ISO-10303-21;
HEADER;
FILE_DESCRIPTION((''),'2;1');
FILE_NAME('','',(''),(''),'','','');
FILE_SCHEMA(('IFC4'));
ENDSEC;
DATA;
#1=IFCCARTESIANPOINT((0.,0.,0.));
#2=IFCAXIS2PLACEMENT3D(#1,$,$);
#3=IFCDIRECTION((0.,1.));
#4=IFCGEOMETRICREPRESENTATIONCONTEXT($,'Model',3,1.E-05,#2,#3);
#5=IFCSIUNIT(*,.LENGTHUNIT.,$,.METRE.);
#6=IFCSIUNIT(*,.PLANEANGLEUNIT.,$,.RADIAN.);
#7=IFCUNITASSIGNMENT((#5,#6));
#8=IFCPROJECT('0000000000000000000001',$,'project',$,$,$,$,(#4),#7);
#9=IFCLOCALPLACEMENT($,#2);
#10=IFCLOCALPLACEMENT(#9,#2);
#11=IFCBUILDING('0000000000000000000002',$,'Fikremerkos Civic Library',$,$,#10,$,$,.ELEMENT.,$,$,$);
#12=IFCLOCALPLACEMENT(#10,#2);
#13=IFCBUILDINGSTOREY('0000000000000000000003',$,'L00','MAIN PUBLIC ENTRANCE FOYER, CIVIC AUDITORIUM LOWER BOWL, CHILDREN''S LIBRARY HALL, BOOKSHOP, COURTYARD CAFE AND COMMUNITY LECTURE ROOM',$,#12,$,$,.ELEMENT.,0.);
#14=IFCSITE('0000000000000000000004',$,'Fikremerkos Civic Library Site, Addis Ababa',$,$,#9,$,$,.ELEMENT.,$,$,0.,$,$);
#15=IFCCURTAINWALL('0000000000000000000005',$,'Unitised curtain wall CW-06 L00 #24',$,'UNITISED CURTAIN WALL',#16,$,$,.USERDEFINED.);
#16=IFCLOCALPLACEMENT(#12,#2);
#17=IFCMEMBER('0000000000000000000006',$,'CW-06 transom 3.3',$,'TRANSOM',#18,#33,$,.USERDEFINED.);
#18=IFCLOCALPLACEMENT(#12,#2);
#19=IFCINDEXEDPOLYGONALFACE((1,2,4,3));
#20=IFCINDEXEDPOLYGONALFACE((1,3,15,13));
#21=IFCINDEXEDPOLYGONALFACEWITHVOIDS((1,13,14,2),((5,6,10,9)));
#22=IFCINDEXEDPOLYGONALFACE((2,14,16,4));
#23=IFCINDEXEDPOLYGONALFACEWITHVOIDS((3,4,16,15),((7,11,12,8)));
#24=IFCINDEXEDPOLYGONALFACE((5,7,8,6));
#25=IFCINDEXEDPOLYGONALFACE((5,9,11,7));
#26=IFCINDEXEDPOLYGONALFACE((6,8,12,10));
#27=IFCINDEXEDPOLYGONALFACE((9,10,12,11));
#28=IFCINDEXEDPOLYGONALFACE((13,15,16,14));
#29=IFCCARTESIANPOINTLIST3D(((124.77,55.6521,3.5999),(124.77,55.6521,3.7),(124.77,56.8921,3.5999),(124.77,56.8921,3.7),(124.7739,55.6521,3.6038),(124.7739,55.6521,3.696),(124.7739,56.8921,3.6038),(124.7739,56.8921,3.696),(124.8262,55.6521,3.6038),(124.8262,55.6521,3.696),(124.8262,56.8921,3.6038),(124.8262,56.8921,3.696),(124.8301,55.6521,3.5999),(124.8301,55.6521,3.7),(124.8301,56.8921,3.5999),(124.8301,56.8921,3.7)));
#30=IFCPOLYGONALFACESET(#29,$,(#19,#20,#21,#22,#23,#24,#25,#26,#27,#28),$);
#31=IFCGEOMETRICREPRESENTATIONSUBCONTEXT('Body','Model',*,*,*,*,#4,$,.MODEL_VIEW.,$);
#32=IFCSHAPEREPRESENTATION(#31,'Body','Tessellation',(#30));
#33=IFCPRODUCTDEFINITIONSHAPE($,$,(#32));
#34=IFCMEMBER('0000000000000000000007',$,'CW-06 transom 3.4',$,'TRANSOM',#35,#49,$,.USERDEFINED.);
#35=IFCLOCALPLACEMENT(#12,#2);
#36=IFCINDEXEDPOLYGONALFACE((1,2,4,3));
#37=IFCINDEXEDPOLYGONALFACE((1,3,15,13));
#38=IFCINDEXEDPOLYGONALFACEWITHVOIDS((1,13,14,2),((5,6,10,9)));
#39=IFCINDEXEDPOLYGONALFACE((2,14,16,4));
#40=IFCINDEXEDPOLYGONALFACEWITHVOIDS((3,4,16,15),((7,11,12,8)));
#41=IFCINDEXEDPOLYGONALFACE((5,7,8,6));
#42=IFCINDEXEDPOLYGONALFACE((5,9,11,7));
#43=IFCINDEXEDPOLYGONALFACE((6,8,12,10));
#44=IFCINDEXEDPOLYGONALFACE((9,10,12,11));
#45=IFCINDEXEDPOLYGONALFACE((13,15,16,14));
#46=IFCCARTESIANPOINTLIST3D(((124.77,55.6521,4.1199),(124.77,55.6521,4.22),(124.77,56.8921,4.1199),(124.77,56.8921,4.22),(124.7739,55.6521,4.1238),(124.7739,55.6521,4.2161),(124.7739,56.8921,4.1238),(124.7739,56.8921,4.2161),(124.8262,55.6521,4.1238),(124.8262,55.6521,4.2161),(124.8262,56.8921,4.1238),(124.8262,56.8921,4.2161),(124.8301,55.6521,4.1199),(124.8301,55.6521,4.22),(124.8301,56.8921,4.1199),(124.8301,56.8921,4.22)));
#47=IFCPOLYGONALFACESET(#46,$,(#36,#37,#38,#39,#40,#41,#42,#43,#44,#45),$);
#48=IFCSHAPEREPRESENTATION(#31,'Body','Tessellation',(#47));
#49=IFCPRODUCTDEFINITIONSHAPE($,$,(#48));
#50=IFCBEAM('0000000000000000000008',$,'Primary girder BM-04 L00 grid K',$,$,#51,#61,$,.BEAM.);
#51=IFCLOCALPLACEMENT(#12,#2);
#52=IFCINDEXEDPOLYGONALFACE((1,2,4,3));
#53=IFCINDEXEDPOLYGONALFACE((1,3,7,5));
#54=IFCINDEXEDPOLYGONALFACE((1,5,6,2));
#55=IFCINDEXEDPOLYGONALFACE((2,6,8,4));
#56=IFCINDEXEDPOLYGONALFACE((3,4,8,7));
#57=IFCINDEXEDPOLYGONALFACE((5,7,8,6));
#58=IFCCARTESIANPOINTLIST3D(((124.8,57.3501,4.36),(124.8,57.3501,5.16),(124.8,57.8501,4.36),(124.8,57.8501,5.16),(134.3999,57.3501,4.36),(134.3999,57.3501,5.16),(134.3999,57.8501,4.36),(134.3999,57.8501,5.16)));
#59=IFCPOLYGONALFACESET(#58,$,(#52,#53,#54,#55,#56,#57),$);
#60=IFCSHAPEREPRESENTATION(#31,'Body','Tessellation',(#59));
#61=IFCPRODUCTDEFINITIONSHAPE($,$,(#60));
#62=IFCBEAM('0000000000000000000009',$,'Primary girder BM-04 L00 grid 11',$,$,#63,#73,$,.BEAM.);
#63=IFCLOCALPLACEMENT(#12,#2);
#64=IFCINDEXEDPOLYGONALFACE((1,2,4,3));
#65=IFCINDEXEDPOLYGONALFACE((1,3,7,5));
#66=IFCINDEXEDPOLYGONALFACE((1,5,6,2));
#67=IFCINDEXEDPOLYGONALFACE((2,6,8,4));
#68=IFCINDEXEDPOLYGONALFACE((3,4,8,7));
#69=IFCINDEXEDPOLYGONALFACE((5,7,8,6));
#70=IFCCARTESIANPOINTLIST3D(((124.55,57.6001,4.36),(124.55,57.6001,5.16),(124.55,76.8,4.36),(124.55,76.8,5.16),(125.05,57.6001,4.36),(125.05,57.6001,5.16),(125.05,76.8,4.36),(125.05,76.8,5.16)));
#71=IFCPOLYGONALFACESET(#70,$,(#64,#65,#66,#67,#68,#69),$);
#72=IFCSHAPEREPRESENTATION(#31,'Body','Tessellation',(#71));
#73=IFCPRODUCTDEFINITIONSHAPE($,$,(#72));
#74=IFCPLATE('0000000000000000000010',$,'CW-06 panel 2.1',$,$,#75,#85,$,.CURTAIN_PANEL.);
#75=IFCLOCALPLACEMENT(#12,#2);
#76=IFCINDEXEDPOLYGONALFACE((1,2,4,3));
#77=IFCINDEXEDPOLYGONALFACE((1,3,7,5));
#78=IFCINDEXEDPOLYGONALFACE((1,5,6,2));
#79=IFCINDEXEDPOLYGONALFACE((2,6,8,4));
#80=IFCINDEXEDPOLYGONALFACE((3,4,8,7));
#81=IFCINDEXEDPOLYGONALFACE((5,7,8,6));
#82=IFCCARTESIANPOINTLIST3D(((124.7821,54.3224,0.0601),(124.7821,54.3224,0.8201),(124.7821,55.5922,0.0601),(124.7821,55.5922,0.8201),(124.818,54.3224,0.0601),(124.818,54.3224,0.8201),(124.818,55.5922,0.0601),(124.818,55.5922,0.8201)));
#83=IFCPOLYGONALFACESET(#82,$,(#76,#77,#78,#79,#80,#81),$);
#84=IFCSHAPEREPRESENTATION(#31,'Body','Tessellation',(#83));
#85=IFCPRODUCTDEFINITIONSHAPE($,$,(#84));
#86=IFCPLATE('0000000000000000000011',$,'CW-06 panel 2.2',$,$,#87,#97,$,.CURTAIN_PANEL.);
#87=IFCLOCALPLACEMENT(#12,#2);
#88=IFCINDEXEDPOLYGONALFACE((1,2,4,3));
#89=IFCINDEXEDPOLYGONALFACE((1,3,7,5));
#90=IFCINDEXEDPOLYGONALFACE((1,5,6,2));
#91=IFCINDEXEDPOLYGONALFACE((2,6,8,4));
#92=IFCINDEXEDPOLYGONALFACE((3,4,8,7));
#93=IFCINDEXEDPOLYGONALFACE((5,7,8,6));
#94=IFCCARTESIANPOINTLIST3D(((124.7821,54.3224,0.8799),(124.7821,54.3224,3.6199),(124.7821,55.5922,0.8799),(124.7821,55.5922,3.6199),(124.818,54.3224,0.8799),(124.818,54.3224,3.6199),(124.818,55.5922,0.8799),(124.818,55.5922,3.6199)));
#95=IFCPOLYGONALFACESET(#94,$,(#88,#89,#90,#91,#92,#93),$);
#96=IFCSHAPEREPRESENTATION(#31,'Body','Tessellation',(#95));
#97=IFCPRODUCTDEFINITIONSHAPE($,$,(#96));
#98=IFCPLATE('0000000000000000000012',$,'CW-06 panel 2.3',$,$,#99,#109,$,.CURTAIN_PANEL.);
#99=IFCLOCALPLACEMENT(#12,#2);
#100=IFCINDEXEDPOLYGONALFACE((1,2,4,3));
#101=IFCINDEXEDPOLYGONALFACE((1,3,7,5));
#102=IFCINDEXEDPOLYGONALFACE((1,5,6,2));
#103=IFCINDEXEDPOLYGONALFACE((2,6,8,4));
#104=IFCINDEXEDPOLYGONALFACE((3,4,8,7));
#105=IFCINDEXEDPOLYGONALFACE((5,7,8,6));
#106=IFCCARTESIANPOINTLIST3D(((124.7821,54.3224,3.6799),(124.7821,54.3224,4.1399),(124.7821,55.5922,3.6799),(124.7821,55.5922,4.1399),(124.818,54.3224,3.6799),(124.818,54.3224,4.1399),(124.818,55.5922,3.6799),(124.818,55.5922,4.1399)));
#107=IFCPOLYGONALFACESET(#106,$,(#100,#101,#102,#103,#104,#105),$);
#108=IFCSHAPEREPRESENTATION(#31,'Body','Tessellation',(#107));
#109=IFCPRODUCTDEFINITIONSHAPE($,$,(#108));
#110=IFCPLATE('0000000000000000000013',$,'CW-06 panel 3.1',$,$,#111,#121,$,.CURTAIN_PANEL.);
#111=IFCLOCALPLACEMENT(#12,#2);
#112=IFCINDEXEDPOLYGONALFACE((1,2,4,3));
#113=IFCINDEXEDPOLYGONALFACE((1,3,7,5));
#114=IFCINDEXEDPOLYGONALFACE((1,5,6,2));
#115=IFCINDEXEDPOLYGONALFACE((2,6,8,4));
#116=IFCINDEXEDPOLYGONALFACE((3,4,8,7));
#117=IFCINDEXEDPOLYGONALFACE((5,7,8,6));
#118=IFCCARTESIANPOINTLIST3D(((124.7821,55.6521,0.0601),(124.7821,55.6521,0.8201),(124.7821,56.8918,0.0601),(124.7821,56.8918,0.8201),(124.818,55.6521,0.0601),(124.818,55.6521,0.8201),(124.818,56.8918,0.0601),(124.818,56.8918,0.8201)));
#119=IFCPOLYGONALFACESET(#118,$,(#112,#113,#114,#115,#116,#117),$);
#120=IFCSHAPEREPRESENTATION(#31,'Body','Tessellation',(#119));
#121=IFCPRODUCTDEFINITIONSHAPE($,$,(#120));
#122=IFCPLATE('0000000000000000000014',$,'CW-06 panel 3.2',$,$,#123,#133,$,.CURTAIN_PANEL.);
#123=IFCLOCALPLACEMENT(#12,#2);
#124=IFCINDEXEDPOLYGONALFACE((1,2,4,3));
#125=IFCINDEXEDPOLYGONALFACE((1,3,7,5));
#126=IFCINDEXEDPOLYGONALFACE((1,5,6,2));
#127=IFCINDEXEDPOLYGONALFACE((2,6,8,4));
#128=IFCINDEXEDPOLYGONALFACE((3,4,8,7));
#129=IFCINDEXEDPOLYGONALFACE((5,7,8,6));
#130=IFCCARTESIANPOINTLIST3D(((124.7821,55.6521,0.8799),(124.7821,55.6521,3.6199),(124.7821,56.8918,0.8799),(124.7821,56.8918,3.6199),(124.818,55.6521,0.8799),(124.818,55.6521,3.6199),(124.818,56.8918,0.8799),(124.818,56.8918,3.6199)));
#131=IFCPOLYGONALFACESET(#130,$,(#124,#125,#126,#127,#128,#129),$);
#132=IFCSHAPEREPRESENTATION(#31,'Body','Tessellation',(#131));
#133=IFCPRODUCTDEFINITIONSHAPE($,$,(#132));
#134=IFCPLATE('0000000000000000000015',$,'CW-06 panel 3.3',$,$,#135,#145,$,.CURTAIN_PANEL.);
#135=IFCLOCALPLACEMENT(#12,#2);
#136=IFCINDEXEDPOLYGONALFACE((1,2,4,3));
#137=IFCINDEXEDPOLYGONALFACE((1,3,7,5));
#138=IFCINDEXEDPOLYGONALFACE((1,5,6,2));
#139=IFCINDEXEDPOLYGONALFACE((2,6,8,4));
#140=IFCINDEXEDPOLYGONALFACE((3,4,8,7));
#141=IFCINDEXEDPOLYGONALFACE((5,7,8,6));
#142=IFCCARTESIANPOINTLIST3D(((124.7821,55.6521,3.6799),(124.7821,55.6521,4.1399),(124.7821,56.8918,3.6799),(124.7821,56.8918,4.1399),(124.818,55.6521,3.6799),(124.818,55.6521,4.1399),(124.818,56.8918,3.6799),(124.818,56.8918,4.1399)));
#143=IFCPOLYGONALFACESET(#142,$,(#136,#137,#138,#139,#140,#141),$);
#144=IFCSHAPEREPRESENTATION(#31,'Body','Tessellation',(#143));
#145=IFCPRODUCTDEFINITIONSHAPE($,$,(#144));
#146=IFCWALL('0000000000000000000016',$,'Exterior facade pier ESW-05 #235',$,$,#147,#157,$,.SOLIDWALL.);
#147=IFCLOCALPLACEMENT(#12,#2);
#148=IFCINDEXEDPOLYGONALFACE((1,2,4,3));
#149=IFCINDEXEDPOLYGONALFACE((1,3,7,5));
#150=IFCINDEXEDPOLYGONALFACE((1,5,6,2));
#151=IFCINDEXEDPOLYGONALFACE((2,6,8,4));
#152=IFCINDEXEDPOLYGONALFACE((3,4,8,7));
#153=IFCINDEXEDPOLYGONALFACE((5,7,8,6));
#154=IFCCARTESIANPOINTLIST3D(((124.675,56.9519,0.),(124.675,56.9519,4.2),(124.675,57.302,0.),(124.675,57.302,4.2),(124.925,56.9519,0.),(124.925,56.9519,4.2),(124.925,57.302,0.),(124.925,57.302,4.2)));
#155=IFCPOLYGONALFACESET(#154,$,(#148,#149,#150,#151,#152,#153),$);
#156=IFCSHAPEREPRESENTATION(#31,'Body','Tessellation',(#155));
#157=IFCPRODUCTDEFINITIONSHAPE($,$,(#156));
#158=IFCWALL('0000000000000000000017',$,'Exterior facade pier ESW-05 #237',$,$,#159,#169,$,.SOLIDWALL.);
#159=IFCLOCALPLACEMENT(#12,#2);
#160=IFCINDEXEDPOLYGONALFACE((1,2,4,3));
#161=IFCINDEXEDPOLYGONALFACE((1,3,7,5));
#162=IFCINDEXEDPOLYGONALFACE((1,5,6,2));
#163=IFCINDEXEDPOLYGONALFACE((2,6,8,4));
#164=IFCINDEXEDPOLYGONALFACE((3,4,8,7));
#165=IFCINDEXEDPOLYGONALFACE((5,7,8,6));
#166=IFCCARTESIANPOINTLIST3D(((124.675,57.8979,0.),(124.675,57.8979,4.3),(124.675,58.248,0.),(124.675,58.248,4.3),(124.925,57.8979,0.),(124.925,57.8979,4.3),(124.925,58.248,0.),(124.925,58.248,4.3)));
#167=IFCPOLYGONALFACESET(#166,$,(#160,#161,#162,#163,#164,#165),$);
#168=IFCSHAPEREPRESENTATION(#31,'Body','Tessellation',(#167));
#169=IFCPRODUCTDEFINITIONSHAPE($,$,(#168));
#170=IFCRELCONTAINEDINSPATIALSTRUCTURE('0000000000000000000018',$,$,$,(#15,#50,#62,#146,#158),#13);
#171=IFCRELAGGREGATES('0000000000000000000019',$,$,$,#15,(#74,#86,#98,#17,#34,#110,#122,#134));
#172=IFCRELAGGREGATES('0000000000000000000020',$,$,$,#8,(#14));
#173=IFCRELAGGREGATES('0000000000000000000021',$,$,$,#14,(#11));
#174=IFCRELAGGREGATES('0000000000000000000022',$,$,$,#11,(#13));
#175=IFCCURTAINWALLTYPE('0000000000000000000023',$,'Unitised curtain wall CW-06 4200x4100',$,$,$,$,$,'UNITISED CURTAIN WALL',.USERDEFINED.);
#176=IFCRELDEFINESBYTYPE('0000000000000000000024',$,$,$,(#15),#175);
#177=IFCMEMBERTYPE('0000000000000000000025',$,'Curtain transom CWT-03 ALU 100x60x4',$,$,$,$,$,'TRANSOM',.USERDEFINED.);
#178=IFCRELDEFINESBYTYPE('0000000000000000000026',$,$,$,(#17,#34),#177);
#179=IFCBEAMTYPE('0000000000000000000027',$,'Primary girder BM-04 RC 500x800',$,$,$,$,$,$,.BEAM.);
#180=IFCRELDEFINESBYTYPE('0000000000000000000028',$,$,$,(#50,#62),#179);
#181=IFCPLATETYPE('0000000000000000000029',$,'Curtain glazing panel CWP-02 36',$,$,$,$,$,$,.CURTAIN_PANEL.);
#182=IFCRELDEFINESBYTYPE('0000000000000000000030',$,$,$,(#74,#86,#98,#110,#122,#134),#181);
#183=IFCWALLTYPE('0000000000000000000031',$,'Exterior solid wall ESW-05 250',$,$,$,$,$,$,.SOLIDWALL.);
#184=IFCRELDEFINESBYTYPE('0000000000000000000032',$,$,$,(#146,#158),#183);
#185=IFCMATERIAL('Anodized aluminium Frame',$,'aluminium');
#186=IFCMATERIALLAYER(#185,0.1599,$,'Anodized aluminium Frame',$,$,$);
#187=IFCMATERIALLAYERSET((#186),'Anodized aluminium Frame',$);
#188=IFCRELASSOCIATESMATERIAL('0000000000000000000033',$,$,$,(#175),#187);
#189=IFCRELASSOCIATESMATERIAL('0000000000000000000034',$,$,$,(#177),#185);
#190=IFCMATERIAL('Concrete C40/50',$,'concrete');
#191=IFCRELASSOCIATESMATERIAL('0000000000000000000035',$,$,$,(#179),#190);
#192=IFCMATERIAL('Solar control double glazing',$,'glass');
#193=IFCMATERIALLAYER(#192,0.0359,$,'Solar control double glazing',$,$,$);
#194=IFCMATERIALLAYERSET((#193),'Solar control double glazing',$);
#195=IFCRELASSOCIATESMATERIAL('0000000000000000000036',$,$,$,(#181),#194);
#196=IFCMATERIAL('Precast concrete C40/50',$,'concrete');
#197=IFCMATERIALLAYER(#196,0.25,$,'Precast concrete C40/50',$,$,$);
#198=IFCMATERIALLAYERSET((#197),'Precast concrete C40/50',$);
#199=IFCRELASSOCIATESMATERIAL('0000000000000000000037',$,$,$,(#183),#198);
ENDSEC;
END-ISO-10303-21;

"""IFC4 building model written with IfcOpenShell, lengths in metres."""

from ifc_helpers import new_model, si_unit, direction, frame, frame_2d, origin, origin_2d, place, context, subcontext, project, spatial, rectangle, hollow_rectangle, extrude, material, layer, layer_set, material_profile, profile_set, type_object, element, aggregate, save


model = new_model("IFC4")

# Units and contexts
model_context = context("Model", 3, precision=1e-05, world=origin(), true_north=direction((0.0, 1.0)))
body_context = subcontext(model_context, "Body", "Model", "MODEL_VIEW")
ifc_project = project(units=[si_unit("LENGTHUNIT", "METRE"), si_unit("PLANEANGLEUNIT", "RADIAN")], contexts=[model_context])

# Site, building, storey
site_placement = place(None, origin())
site = spatial("IfcSite", under=ifc_project, at=site_placement, Name="Fikremerkos Civic Library Site, Addis Ababa", CompositionType="ELEMENT", RefElevation=0.0)
building_placement = place(site_placement, origin())
building = spatial("IfcBuilding", under=site, at=building_placement, Name="Fikremerkos Civic Library", CompositionType="ELEMENT")
storey_placement = place(building_placement, origin())
storey = spatial("IfcBuildingStorey", under=building, at=storey_placement, Name="L00", Description="MAIN PUBLIC ENTRANCE FOYER, CIVIC AUDITORIUM LOWER BOWL, CHILDREN'S LIBRARY HALL, BOOKSHOP, COURTYARD CAFE AND COMMUNITY LECTURE ROOM", CompositionType="ELEMENT", Elevation=0.0)

# Shared definitions
ifc_material_1 = material(Name="Concrete C40/50", Category="concrete")

# Curtain wall
ifc_material_2 = material(Name="Anodized aluminium Frame", Category="aluminium")
ifc_layer_1 = layer(ifc_material_2, 0.1599, Name="Anodized aluminium Frame")
ifc_layer_set_1 = layer_set([ifc_layer_1], Name="Anodized aluminium Frame")
curtain_wall_type_1 = type_object("IfcCurtainWallType", Name="Unitised curtain wall CW-06 4200x4100", ElementType="UNITISED CURTAIN WALL", PredefinedType="USERDEFINED", material=ifc_layer_set_1)
curtain_wall_1_placement = place(storey_placement, origin())
curtain_wall_1 = element("IfcCurtainWall", 1, at=curtain_wall_1_placement, inside=storey, type_object=curtain_wall_type_1, Name="Unitised curtain wall CW-06 L00 #24", ObjectType="UNITISED CURTAIN WALL", PredefinedType="USERDEFINED")

# Members
ifc_material_profile_1 = material_profile(ifc_material_2, hollow_rectangle(XDim=0.0601, YDim=0.1001, WallThickness=0.0039, at=origin_2d()), Name="ALU 100x60x4")
ifc_profile_set_1 = profile_set([ifc_material_profile_1], Name="Anodized aluminium Frame")
member_type_1 = type_object("IfcMemberType", Name="Curtain transom CWT-03 ALU 100x60x4", ElementType="TRANSOM", PredefinedType="USERDEFINED", material=ifc_profile_set_1)
member_1_placement = place(storey_placement, frame((124.8, 55.6521, 3.6499), z_axis=(0.0, 1.0, 0.0), x_axis=(-1.0, 0.0, 0.0)))
member_1 = element("IfcMember", 2, at=member_1_placement, type_object=member_type_1, Name="CW-06 transom 3.3", ObjectType="TRANSOM", PredefinedType="USERDEFINED", context=body_context, shape_type="SweptSolid", body=[
    extrude(hollow_rectangle(XDim=0.0601, YDim=0.1001, WallThickness=0.0039, at=origin_2d()), origin(), (0.0, 0.0, 1.0), 1.24),
])
member_2_placement = place(storey_placement, frame((124.8, 55.6521, 4.1699), z_axis=(0.0, 1.0, 0.0), x_axis=(-1.0, 0.0, 0.0)))
member_2 = element("IfcMember", 3, at=member_2_placement, type_object=member_type_1, Name="CW-06 transom 3.4", ObjectType="TRANSOM", PredefinedType="USERDEFINED", context=body_context, shape_type="SweptSolid", body=[
    extrude(hollow_rectangle(XDim=0.0601, YDim=0.1001, WallThickness=0.0039, at=origin_2d()), origin(), (0.0, 0.0, 1.0), 1.24),
])

# Beams
ifc_material_profile_2 = material_profile(ifc_material_1, rectangle(XDim=0.5, YDim=0.8, at=origin_2d()), Name="RC 500x800")
ifc_profile_set_2 = profile_set([ifc_material_profile_2], Name="Concrete C40/50")
beam_type = type_object("IfcBeamType", Name="Primary girder BM-04 RC 500x800", PredefinedType="BEAM", material=ifc_profile_set_2)
beam_1_placement = place(storey_placement, frame((124.8, 57.6001, 4.76), z_axis=(1.0, 0.0, 0.0), x_axis=(0.0, 1.0, 0.0)))
element("IfcBeam", 4, at=beam_1_placement, inside=storey, type_object=beam_type, Name="Primary girder BM-04 L00 grid K", PredefinedType="BEAM", context=body_context, shape_type="SweptSolid", body=[
    extrude(rectangle(XDim=0.5, YDim=0.8, at=origin_2d()), origin(), (0.0, 0.0, 1.0), 9.5999),
])
beam_2_placement = place(storey_placement, frame((124.8, 57.6001, 4.76), z_axis=(0.0, 1.0, 0.0), x_axis=(-1.0, 0.0, 0.0)))
element("IfcBeam", 5, at=beam_2_placement, inside=storey, type_object=beam_type, Name="Primary girder BM-04 L00 grid 11", PredefinedType="BEAM", context=body_context, shape_type="SweptSolid", body=[
    extrude(rectangle(XDim=0.5, YDim=0.8, at=origin_2d()), origin(), (0.0, 0.0, 1.0), 19.2),
])

# Plates
ifc_material_3 = material(Name="Solar control double glazing", Category="glass")
ifc_layer_2 = layer(ifc_material_3, 0.0359, Name="Solar control double glazing")
ifc_layer_set_2 = layer_set([ifc_layer_2], Name="Solar control double glazing")
plate_type = type_object("IfcPlateType", Name="Curtain glazing panel CWP-02 36", PredefinedType="CURTAIN_PANEL", material=ifc_layer_set_2)
plate_1_placement = place(storey_placement, frame((124.8, 54.9573, 0.0601), z_axis=(0.0, 0.0, 1.0), x_axis=(0.0, 1.0, 0.0)))
plate_1 = element("IfcPlate", 6, at=plate_1_placement, type_object=plate_type, Name="CW-06 panel 2.1", PredefinedType="CURTAIN_PANEL", context=body_context, shape_type="SweptSolid", body=[
    extrude(rectangle(XDim=1.2698, YDim=0.0359, at=origin_2d()), origin(), (0.0, 0.0, 1.0), 0.76),
])
plate_2_placement = place(storey_placement, frame((124.8, 54.9573, 0.8799), z_axis=(0.0, 0.0, 1.0), x_axis=(0.0, 1.0, 0.0)))
plate_2 = element("IfcPlate", 7, at=plate_2_placement, type_object=plate_type, Name="CW-06 panel 2.2", PredefinedType="CURTAIN_PANEL", context=body_context, shape_type="SweptSolid", body=[
    extrude(rectangle(XDim=1.2698, YDim=0.0359, at=origin_2d()), origin(), (0.0, 0.0, 1.0), 2.74),
])
plate_3_placement = place(storey_placement, frame((124.8, 54.9573, 3.6799), z_axis=(0.0, 0.0, 1.0), x_axis=(0.0, 1.0, 0.0)))
plate_3 = element("IfcPlate", 8, at=plate_3_placement, type_object=plate_type, Name="CW-06 panel 2.3", PredefinedType="CURTAIN_PANEL", context=body_context, shape_type="SweptSolid", body=[
    extrude(rectangle(XDim=1.2698, YDim=0.0359, at=origin_2d()), origin(), (0.0, 0.0, 1.0), 0.46),
])
plate_4_placement = place(storey_placement, frame((124.8, 56.272, 0.0601), z_axis=(0.0, 0.0, 1.0), x_axis=(0.0, 1.0, 0.0)))
plate_4 = element("IfcPlate", 9, at=plate_4_placement, type_object=plate_type, Name="CW-06 panel 3.1", PredefinedType="CURTAIN_PANEL", context=body_context, shape_type="SweptSolid", body=[
    extrude(rectangle(XDim=1.2397, YDim=0.0359, at=origin_2d()), origin(), (0.0, 0.0, 1.0), 0.76),
])
plate_5_placement = place(storey_placement, frame((124.8, 56.272, 0.8799), z_axis=(0.0, 0.0, 1.0), x_axis=(0.0, 1.0, 0.0)))
plate_5 = element("IfcPlate", 10, at=plate_5_placement, type_object=plate_type, Name="CW-06 panel 3.2", PredefinedType="CURTAIN_PANEL", context=body_context, shape_type="SweptSolid", body=[
    extrude(rectangle(XDim=1.2397, YDim=0.0359, at=origin_2d()), origin(), (0.0, 0.0, 1.0), 2.74),
])
plate_6_placement = place(storey_placement, frame((124.8, 56.272, 3.6799), z_axis=(0.0, 0.0, 1.0), x_axis=(0.0, 1.0, 0.0)))
plate_6 = element("IfcPlate", 11, at=plate_6_placement, type_object=plate_type, Name="CW-06 panel 3.3", PredefinedType="CURTAIN_PANEL", context=body_context, shape_type="SweptSolid", body=[
    extrude(rectangle(XDim=1.2397, YDim=0.0359, at=origin_2d()), origin(), (0.0, 0.0, 1.0), 0.46),
])
aggregate(curtain_wall_1, [plate_1, plate_2, plate_3, member_1, member_2, plate_4, plate_5, plate_6])

# Walls
ifc_material_4 = material(Name="Precast concrete C40/50", Category="concrete")
ifc_layer_3 = layer(ifc_material_4, 0.25, Name="Precast concrete C40/50")
ifc_layer_set_3 = layer_set([ifc_layer_3], Name="Precast concrete C40/50")
wall_type = type_object("IfcWallType", Name="Exterior solid wall ESW-05 250", PredefinedType="SOLIDWALL", material=ifc_layer_set_3)
wall_1_placement = place(storey_placement, frame((124.8, 56.9519, 0.0), z_axis=(0.0, 0.0, 1.0), x_axis=(0.0, 1.0, 0.0)))
element("IfcWall", 12, at=wall_1_placement, inside=storey, type_object=wall_type, Name="Exterior facade pier ESW-05 #235", PredefinedType="SOLIDWALL", context=body_context, shape_type="SweptSolid", body=[
    extrude(rectangle(XDim=0.3501, YDim=0.25, at=frame_2d((0.175, 0.0))), origin(), (0.0, 0.0, 1.0), 4.2),
])
wall_2_placement = place(storey_placement, frame((124.8, 57.8979, 0.0), z_axis=(0.0, 0.0, 1.0), x_axis=(0.0, 1.0, 0.0)))
element("IfcWall", 13, at=wall_2_placement, inside=storey, type_object=wall_type, Name="Exterior facade pier ESW-05 #237", PredefinedType="SOLIDWALL", context=body_context, shape_type="SweptSolid", body=[
    extrude(rectangle(XDim=0.3501, YDim=0.25, at=frame_2d((0.175, 0.0))), origin(), (0.0, 0.0, 1.0), 4.3),
])

save(model, "model.ifc")
